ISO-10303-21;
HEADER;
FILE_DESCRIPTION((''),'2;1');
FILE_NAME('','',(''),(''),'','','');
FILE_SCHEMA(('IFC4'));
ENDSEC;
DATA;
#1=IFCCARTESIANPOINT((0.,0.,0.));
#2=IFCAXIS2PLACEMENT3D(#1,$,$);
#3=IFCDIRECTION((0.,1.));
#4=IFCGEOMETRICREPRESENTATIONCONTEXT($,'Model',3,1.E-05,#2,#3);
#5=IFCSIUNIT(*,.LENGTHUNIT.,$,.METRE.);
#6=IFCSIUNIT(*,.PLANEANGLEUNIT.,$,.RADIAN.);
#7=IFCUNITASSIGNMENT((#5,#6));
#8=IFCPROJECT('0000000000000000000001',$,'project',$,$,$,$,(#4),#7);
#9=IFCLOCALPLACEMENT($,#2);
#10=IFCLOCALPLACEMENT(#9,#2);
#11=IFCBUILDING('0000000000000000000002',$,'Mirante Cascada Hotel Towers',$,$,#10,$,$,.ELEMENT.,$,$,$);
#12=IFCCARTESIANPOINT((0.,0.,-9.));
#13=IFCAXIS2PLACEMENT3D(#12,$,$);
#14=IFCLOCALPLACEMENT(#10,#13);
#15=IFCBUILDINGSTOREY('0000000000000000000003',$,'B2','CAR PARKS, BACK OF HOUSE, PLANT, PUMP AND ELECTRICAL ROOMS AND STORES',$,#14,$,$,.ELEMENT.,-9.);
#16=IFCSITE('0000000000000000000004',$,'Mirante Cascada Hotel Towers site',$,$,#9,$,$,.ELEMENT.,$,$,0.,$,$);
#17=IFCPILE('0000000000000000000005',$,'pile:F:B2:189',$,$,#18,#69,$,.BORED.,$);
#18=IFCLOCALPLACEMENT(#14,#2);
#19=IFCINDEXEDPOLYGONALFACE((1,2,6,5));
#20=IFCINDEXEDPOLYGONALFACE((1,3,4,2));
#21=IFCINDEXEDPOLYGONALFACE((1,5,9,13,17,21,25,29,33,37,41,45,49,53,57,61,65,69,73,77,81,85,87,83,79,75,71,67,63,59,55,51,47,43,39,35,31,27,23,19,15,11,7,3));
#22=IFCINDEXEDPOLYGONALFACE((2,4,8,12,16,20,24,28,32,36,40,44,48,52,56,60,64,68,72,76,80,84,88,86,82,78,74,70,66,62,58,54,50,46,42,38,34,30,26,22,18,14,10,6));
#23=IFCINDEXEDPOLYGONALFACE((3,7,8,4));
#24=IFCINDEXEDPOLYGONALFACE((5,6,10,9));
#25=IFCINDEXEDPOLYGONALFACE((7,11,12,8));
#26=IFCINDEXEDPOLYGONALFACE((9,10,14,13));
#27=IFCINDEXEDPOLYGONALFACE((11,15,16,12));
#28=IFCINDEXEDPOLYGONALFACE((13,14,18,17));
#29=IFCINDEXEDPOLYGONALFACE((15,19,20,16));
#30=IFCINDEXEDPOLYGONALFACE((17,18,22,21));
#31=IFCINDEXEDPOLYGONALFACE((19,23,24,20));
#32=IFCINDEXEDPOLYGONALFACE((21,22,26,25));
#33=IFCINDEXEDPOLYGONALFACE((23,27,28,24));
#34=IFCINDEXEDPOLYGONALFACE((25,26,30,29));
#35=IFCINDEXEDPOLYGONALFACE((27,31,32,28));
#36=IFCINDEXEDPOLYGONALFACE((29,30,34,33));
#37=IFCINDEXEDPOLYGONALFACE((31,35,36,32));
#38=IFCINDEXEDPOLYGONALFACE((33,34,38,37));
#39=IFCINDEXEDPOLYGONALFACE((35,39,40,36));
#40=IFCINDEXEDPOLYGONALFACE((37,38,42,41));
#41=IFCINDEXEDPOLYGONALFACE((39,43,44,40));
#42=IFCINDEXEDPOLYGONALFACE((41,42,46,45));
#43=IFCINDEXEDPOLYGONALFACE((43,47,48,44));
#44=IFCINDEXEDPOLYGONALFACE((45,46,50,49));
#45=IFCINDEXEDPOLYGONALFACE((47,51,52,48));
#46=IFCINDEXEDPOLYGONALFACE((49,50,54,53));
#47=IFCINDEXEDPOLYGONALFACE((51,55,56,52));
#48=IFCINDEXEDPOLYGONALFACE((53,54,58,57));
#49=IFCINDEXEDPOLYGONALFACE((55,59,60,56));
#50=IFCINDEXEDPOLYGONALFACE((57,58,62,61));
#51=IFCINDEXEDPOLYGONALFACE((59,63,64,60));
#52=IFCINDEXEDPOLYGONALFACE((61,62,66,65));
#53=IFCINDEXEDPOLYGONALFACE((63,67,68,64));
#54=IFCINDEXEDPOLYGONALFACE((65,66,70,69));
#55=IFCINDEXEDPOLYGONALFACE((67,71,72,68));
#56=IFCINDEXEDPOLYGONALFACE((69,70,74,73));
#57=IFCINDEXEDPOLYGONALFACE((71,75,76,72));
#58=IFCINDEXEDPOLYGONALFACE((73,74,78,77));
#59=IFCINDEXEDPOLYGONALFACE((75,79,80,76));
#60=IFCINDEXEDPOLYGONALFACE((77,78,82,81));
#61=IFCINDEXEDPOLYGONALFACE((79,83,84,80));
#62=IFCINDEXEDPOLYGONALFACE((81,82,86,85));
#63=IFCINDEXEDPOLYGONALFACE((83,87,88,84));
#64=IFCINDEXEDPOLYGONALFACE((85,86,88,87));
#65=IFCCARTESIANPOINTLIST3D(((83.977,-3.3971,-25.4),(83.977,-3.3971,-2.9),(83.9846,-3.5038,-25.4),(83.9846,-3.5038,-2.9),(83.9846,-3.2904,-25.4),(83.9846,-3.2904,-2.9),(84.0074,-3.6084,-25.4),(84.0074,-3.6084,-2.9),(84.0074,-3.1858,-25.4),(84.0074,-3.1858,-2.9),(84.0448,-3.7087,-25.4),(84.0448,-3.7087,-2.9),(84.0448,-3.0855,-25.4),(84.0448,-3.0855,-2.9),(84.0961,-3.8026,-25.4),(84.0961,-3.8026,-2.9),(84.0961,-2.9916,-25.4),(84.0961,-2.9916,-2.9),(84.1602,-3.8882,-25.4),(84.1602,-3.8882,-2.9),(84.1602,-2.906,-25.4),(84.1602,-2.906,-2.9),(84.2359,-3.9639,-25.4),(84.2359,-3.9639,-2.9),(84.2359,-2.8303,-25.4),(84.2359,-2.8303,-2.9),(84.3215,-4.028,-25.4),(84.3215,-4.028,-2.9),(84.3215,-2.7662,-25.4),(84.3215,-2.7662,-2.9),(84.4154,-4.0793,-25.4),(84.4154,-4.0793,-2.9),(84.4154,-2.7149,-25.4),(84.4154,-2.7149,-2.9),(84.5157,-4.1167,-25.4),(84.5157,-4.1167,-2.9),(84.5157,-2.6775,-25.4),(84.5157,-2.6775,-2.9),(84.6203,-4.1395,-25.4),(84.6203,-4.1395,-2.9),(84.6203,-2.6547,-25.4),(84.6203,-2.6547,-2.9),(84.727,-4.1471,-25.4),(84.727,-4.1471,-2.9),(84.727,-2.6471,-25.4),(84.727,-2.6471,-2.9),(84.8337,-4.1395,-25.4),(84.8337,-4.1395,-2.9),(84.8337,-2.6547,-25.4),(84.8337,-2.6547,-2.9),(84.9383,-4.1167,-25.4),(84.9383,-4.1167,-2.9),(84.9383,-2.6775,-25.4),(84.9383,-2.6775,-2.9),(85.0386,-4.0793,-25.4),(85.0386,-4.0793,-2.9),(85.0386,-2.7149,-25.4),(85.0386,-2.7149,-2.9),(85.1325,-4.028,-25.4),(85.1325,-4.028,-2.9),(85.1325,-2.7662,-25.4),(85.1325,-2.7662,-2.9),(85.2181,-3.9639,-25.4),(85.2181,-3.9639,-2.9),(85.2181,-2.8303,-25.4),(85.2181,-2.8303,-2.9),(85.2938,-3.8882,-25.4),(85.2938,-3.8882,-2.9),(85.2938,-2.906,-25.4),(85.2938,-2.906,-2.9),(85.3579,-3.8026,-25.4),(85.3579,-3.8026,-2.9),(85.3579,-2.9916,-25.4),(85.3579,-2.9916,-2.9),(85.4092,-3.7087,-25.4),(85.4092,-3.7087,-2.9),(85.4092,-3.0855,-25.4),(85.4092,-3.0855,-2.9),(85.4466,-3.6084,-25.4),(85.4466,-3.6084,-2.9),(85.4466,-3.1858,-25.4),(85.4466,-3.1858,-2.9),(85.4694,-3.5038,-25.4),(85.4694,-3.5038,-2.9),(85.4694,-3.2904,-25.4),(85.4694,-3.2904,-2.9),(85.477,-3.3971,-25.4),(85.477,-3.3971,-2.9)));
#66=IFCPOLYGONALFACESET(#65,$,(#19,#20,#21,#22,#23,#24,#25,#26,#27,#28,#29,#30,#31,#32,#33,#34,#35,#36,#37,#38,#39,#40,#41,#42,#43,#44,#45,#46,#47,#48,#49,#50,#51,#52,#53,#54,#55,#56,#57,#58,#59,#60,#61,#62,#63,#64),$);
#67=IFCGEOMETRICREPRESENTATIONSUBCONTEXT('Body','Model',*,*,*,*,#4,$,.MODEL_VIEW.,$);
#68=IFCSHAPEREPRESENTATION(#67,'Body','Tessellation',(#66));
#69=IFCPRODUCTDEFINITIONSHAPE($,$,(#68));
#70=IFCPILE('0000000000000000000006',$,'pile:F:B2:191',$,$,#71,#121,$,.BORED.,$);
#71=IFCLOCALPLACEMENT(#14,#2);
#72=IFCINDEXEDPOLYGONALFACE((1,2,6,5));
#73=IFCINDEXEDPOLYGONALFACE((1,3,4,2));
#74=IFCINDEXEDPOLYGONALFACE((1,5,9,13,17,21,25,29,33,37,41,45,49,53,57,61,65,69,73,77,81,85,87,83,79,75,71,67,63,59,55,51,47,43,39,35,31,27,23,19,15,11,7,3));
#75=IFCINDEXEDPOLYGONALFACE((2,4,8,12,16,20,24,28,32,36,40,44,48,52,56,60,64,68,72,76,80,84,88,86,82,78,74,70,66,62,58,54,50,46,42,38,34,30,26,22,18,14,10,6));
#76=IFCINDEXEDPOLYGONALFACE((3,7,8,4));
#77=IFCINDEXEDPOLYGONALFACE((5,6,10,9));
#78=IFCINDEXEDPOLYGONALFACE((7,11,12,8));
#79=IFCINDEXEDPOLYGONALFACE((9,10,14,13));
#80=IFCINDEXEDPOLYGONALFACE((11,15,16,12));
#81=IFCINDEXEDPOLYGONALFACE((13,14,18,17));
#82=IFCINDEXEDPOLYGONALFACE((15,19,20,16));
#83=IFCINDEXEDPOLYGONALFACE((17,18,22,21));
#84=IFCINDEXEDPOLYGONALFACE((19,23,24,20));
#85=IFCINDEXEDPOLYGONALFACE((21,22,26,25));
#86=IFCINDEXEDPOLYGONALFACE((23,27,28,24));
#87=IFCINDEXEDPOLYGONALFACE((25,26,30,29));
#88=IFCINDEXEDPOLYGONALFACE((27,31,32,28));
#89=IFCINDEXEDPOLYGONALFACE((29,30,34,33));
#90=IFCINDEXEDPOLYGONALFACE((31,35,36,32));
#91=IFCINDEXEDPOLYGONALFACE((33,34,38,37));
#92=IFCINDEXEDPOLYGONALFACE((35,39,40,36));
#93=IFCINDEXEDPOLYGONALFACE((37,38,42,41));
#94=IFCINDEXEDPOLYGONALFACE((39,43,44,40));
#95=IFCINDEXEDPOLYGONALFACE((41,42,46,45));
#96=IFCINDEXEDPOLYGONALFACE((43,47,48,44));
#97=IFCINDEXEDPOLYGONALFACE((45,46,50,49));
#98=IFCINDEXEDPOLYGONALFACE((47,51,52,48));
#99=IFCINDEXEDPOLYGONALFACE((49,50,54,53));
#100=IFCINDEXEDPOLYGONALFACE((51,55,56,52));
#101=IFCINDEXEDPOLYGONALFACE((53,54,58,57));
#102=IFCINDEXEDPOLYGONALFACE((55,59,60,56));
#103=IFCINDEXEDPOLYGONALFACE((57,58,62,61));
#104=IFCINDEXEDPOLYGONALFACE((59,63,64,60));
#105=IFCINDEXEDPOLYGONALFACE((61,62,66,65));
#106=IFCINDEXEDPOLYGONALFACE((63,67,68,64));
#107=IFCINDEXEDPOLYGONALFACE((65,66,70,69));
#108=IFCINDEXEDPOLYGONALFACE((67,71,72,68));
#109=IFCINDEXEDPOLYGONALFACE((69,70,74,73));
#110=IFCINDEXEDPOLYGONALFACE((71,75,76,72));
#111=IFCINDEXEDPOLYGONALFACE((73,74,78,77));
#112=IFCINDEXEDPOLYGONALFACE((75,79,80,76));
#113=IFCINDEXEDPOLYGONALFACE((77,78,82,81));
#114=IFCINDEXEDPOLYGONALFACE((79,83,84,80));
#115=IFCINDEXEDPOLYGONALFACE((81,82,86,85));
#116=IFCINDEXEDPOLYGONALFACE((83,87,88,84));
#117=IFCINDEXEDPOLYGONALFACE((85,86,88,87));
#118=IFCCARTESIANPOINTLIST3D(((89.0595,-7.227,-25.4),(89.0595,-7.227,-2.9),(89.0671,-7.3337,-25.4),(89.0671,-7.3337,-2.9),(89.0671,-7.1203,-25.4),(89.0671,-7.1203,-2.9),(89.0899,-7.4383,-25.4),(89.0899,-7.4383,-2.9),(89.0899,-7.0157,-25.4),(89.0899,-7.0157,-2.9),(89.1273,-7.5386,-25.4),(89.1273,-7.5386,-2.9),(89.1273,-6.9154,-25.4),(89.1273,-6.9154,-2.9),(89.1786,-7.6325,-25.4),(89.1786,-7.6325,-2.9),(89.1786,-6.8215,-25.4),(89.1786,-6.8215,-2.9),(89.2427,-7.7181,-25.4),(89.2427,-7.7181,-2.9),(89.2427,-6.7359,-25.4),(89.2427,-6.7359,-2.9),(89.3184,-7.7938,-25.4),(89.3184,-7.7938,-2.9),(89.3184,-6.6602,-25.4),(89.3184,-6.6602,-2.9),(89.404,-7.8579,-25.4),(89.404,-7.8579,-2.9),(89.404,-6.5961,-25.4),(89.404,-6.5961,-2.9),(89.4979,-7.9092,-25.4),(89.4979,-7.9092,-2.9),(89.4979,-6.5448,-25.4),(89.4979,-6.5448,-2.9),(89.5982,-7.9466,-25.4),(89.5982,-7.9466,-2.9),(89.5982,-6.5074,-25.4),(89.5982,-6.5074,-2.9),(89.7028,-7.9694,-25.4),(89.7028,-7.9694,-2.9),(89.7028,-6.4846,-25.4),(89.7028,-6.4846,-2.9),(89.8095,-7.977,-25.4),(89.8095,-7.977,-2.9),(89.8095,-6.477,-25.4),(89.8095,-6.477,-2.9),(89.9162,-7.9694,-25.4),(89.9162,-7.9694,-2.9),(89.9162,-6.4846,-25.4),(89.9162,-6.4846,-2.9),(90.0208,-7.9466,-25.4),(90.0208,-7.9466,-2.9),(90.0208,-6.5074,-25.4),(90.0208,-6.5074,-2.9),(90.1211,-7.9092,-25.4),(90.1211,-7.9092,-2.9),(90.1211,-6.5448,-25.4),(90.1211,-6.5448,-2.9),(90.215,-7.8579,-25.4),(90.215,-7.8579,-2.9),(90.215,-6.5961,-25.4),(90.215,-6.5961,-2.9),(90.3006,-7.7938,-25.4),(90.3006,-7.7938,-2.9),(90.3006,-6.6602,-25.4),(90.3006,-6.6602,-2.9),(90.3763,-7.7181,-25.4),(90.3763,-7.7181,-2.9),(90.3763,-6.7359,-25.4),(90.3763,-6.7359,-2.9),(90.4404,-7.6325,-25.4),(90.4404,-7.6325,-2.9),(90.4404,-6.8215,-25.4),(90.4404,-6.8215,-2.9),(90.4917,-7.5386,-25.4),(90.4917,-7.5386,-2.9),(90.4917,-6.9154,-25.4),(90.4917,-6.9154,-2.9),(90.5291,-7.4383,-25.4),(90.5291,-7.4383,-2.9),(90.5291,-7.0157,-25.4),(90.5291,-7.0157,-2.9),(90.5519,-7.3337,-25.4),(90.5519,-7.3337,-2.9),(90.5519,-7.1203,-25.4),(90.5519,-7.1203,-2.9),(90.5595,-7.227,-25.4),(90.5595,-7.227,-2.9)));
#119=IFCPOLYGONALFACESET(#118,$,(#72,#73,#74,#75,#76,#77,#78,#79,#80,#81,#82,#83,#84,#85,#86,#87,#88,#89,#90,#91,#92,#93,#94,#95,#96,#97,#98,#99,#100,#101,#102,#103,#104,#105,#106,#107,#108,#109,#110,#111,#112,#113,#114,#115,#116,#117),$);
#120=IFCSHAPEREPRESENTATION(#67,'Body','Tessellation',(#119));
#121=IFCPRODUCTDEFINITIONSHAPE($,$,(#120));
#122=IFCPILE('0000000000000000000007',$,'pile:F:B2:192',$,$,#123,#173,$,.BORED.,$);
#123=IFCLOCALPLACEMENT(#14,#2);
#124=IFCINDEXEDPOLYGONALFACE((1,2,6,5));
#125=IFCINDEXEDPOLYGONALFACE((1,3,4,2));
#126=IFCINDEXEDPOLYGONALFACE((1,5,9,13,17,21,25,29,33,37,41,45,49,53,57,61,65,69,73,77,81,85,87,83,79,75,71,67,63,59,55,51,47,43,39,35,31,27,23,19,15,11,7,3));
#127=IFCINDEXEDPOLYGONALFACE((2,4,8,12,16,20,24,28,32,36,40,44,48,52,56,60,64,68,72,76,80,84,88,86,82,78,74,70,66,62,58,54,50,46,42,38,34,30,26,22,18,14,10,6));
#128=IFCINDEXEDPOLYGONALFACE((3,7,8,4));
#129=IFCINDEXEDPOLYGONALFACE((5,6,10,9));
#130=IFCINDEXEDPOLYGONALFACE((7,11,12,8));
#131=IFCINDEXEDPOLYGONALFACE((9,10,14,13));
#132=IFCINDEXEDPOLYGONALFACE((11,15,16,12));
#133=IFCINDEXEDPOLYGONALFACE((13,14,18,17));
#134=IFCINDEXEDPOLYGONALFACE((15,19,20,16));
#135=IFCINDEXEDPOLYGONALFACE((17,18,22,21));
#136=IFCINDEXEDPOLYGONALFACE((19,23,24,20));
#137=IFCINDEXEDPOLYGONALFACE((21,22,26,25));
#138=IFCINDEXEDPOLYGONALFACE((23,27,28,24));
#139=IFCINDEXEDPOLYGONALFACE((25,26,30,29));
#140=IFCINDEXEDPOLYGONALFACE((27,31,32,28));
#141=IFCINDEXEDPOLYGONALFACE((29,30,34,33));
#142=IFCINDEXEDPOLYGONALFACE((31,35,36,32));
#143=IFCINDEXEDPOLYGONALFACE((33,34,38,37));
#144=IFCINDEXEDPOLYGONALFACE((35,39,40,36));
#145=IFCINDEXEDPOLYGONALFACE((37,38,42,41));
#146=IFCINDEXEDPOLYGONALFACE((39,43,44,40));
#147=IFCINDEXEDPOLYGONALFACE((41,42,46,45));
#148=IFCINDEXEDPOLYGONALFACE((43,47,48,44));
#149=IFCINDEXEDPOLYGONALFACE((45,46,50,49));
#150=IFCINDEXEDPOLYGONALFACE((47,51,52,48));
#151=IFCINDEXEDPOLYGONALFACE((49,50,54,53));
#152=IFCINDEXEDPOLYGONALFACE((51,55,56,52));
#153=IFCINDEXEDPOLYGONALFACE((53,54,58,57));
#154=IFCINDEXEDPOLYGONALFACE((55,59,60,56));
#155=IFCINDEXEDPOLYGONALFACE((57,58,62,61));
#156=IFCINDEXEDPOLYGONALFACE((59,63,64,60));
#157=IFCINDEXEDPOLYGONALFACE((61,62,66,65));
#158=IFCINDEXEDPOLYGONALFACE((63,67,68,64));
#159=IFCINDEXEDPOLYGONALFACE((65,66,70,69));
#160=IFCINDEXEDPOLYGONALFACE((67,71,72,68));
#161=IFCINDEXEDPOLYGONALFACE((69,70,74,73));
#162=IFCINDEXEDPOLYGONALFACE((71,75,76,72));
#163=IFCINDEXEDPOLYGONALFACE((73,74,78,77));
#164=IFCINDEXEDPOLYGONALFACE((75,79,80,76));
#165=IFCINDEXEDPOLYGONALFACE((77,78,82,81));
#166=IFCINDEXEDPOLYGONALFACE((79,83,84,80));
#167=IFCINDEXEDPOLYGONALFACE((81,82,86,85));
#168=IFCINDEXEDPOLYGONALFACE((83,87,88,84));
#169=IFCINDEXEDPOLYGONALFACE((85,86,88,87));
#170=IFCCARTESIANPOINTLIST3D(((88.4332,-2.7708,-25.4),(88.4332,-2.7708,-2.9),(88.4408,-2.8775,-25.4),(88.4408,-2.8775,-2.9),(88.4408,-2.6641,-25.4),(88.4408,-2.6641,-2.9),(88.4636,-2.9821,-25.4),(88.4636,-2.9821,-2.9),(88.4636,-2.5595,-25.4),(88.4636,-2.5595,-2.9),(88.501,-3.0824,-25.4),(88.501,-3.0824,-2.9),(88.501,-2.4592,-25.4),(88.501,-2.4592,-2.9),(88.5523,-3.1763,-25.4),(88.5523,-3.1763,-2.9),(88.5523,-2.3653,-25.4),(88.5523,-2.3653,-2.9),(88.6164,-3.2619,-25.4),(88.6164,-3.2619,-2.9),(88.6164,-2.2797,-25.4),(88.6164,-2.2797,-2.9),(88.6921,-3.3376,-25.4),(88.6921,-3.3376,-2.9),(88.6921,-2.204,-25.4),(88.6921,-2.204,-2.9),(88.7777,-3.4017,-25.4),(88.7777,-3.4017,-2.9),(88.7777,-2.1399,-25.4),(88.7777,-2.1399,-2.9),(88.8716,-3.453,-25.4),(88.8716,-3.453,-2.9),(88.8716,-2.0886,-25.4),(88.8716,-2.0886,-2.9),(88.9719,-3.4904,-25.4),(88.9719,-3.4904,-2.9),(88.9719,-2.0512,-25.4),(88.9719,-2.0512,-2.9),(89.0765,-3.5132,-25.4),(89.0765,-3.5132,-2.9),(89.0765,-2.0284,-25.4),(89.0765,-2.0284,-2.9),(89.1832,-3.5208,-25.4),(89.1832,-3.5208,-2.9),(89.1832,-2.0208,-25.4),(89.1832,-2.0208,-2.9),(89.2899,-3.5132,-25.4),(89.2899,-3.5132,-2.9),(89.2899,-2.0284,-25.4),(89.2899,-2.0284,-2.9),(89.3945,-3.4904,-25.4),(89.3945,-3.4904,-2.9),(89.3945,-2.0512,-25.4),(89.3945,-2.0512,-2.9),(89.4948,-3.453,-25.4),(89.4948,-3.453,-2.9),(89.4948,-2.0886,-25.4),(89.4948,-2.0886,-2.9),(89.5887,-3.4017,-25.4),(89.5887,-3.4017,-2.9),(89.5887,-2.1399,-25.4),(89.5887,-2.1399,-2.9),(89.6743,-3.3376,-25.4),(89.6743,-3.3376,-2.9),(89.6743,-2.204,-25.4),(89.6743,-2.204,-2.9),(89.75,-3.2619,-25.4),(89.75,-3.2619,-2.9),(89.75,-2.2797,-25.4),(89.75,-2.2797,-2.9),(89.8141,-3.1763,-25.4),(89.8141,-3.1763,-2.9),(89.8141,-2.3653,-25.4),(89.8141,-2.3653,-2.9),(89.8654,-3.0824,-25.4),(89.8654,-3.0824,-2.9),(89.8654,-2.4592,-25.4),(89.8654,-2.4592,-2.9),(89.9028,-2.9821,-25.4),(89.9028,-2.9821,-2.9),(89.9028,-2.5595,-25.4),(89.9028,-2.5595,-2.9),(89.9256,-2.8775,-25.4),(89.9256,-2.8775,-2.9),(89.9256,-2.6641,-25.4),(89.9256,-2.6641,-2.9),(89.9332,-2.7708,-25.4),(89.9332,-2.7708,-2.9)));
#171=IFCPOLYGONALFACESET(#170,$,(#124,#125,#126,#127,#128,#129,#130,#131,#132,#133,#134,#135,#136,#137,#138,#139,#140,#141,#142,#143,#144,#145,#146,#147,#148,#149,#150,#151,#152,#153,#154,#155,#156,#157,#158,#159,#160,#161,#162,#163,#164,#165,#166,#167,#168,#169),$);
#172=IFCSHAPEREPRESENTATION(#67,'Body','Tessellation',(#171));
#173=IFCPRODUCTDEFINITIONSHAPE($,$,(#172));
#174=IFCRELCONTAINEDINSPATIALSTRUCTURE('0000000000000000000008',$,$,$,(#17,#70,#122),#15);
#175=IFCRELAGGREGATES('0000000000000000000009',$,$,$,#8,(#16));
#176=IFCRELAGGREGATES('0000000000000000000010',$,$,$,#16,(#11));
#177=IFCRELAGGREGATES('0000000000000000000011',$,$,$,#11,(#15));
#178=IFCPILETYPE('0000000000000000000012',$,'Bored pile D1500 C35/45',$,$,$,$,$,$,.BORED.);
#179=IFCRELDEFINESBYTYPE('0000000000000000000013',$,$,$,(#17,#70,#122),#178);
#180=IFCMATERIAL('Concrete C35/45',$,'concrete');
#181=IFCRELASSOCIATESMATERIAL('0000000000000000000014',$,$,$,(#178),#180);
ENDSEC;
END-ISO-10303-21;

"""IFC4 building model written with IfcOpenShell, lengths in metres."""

from ifc_helpers import new_model, si_unit, direction, frame, origin, origin_2d, place, context, subcontext, project, spatial, circle, extrude, material, material_profile, profile_set, type_object, element, save


model = new_model("IFC4")

# Units and contexts
model_context = context("Model", 3, precision=1e-05, world=origin(), true_north=direction((0.0, 1.0)))
body_context = subcontext(model_context, "Body", "Model", "MODEL_VIEW")
ifc_project = project(units=[si_unit("LENGTHUNIT", "METRE"), si_unit("PLANEANGLEUNIT", "RADIAN")], contexts=[model_context])

# Site, building, storey
site_placement = place(None, origin())
site = spatial("IfcSite", under=ifc_project, at=site_placement, Name="Mirante Cascada Hotel Towers site", CompositionType="ELEMENT", RefElevation=0.0)
building_placement = place(site_placement, origin())
building = spatial("IfcBuilding", under=site, at=building_placement, Name="Mirante Cascada Hotel Towers", CompositionType="ELEMENT")
storey_placement = place(building_placement, frame((0.0, 0.0, -9.0)))
storey = spatial("IfcBuildingStorey", under=building, at=storey_placement, Name="B2", Description="CAR PARKS, BACK OF HOUSE, PLANT, PUMP AND ELECTRICAL ROOMS AND STORES", CompositionType="ELEMENT", Elevation=-9.0)

# Piles
ifc_material_1 = material(Name="Concrete C35/45", Category="concrete")
ifc_material_profile_1 = material_profile(ifc_material_1, circle(Radius=0.75, at=origin_2d()), Name="RC D1500")
ifc_profile_set_1 = profile_set([ifc_material_profile_1], Name="Concrete C35/45")
pile_type = type_object("IfcPileType", Name="Bored pile D1500 C35/45", PredefinedType="BORED", material=ifc_profile_set_1)
for number, where, z_axis, x_axis, name in (
    (1, (84.727, -3.3971, -2.9), (0.0, 0.0, -1.0), (1.0, 0.0, 0.0), "pile:F:B2:189"),
    (2, (89.8095, -7.227, -2.9), (0.0, 0.0, -1.0), (1.0, 0.0, 0.0), "pile:F:B2:191"),
    (3, (89.1832, -2.7708, -2.9), (0.0, 0.0, -1.0), (1.0, 0.0, 0.0), "pile:F:B2:192"),
):
    element("IfcPile", number, at=place(storey_placement, frame(where, z_axis=z_axis, x_axis=x_axis)), inside=storey, type_object=pile_type, Name=name, PredefinedType="BORED", context=body_context, shape_type="SweptSolid", body=[
        extrude(circle(Radius=0.75, at=origin_2d()), origin(), (0.0, 0.0, 1.0), 22.5),
    ])

save(model, "model.ifc")
